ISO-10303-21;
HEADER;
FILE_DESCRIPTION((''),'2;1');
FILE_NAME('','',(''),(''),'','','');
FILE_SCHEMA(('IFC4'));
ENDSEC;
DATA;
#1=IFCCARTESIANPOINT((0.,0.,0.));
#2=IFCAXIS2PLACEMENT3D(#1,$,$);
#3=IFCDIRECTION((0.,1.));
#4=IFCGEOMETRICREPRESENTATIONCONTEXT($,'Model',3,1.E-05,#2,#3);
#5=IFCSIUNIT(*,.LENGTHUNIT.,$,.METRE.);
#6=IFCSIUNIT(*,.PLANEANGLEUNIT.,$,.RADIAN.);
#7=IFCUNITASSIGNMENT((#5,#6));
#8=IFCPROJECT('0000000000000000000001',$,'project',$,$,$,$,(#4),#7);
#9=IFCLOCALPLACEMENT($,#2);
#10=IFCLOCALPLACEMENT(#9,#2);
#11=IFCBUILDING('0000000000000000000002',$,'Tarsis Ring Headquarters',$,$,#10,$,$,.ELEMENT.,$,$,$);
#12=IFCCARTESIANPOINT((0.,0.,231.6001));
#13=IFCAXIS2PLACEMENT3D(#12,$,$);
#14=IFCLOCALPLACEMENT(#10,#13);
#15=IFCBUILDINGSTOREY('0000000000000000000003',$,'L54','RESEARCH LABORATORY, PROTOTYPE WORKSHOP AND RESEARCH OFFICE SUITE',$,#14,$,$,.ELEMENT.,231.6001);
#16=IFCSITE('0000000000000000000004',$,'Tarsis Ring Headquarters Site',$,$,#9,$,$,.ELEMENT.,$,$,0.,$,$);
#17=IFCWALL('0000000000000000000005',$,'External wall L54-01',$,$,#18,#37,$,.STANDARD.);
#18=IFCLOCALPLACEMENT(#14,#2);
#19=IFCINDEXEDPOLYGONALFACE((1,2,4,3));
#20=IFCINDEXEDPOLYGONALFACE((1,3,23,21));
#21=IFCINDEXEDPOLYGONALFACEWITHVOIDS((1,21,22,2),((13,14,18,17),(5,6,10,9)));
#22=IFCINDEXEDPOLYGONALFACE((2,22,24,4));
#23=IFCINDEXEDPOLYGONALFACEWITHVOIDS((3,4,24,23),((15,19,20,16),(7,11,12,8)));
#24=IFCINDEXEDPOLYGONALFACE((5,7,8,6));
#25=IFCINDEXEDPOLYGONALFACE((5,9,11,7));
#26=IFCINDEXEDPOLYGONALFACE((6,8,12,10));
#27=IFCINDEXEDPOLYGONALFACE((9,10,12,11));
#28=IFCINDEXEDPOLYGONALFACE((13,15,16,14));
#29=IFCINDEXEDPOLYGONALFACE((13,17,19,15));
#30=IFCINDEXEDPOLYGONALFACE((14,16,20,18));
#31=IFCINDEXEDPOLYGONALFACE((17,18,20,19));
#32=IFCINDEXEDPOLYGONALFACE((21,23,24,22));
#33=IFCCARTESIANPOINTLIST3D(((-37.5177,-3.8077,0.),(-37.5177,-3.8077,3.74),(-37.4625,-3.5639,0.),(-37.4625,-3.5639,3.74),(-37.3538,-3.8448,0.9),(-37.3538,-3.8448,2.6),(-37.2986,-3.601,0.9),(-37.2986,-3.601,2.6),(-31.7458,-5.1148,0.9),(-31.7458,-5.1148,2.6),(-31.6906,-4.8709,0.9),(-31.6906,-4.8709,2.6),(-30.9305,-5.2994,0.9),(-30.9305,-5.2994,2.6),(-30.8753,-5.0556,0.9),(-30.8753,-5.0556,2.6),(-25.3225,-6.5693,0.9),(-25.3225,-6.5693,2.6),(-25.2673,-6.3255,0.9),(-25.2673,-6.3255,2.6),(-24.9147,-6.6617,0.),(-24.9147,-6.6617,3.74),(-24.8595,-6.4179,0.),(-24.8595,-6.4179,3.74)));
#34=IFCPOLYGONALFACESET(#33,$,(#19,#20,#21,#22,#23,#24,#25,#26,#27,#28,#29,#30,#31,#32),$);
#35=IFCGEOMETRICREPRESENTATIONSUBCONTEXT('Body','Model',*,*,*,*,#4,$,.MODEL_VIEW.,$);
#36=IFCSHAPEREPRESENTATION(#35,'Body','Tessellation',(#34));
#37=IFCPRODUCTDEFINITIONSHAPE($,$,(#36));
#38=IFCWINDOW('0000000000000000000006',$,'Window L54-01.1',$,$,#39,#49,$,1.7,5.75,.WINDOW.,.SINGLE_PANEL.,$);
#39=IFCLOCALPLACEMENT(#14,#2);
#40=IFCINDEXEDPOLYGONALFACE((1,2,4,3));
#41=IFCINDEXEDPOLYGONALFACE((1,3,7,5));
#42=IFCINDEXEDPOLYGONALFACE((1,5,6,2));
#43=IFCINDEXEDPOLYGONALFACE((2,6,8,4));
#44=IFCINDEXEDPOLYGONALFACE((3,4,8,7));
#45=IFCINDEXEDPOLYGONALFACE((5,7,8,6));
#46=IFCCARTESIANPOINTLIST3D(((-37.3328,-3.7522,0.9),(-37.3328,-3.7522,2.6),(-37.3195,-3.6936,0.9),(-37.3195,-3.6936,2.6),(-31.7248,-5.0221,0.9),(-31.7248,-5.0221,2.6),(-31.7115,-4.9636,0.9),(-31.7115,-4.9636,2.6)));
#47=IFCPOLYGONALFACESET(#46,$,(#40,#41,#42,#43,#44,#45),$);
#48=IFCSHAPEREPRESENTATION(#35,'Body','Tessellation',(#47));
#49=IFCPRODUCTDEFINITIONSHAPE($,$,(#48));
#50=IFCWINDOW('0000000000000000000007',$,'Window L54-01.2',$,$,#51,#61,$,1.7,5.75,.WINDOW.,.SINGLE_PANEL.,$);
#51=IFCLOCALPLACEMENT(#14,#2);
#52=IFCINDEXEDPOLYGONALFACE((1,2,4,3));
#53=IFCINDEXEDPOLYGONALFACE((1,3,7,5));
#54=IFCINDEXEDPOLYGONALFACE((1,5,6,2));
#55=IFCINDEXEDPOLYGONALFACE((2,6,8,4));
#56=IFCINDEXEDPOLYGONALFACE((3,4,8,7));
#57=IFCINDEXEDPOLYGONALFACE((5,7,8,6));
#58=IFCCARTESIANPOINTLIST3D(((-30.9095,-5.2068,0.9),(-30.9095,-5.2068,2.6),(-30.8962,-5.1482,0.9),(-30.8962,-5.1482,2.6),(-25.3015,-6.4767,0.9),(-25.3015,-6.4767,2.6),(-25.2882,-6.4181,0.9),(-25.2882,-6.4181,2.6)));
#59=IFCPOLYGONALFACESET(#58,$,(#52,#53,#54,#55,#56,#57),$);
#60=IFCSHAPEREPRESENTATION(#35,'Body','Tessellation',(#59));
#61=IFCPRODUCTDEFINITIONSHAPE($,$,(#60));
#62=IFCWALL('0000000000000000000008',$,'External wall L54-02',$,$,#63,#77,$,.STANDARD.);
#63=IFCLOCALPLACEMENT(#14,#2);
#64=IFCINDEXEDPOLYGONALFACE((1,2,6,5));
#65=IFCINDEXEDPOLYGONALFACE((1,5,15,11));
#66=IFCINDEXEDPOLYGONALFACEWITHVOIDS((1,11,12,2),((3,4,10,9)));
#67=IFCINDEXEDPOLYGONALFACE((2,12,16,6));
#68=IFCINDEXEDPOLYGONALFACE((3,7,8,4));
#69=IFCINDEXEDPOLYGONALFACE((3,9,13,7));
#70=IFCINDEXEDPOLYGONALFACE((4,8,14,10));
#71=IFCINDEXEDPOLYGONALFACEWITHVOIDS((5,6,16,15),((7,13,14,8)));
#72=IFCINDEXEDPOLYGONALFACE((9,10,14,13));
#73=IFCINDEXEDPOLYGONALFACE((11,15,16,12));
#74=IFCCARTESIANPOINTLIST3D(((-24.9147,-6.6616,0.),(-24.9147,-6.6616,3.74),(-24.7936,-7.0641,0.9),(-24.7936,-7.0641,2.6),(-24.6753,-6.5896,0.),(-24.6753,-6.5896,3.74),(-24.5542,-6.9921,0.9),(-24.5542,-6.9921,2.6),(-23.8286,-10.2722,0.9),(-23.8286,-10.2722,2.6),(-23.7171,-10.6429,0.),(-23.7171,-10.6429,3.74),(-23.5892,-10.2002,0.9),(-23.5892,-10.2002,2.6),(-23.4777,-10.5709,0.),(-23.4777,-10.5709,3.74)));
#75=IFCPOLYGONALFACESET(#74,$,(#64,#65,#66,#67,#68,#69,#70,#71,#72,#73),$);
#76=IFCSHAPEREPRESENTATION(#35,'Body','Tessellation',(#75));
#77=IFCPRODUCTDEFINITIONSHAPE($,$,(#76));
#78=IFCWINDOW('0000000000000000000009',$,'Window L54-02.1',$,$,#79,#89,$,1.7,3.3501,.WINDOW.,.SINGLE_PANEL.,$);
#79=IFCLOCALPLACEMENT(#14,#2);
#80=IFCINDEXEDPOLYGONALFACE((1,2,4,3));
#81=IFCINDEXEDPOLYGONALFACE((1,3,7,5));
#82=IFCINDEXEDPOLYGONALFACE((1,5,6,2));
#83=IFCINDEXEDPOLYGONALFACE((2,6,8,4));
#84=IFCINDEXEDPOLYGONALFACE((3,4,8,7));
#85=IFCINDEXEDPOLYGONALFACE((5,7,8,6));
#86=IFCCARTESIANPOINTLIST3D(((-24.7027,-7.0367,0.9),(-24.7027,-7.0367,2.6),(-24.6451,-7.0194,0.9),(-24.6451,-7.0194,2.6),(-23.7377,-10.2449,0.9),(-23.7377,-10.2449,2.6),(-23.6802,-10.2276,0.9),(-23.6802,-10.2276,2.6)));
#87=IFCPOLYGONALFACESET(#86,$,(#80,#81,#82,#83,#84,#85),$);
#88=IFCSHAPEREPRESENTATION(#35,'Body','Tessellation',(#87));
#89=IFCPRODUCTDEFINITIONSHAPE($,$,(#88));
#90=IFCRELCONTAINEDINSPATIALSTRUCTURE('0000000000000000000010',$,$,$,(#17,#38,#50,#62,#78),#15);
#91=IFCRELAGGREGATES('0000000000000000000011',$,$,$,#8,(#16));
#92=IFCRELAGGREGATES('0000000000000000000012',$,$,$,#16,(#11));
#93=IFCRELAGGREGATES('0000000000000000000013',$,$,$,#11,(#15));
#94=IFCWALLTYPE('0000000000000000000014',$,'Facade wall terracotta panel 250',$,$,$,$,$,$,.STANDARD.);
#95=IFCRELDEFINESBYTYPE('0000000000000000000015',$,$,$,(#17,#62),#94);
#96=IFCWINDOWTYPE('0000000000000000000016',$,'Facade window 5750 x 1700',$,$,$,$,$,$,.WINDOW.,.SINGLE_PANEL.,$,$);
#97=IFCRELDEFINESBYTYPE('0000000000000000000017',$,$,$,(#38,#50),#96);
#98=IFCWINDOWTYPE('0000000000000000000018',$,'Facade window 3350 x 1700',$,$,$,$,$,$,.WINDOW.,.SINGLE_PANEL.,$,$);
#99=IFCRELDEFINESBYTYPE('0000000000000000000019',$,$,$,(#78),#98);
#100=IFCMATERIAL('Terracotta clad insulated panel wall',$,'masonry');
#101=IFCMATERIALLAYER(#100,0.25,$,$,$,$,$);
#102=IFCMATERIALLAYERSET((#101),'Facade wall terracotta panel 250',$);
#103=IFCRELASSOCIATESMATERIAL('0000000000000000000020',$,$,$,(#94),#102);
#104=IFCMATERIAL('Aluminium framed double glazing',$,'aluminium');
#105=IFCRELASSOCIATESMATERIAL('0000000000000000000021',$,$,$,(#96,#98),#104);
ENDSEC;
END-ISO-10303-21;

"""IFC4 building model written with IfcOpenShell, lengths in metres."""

from ifc_helpers import new_model, si_unit, direction, frame, frame_2d, origin, place, context, subcontext, project, spatial, rectangle, extrude, material, layer, layer_set, type_object, element, fill, save


model = new_model("IFC4")

# Units and contexts
model_context = context("Model", 3, precision=1e-05, world=origin(), true_north=direction((0.0, 1.0)))
body_context = subcontext(model_context, "Body", "Model", "MODEL_VIEW")
ifc_project = project(units=[si_unit("LENGTHUNIT", "METRE"), si_unit("PLANEANGLEUNIT", "RADIAN")], contexts=[model_context])

# Site, building, storey
site_placement = place(None, origin())
site = spatial("IfcSite", under=ifc_project, at=site_placement, Name="Tarsis Ring Headquarters Site", CompositionType="ELEMENT", RefElevation=0.0)
building_placement = place(site_placement, origin())
building = spatial("IfcBuilding", under=site, at=building_placement, Name="Tarsis Ring Headquarters", CompositionType="ELEMENT")
storey_placement = place(building_placement, frame((0.0, 0.0, 231.6001)))
storey = spatial("IfcBuildingStorey", under=building, at=storey_placement, Name="L54", Description="RESEARCH LABORATORY, PROTOTYPE WORKSHOP AND RESEARCH OFFICE SUITE", CompositionType="ELEMENT", Elevation=231.6001)

# Wall, openings, windows
ifc_material_1 = material(Name="Terracotta clad insulated panel wall", Category="masonry")
ifc_layer_1 = layer(ifc_material_1, 0.25)
ifc_layer_set_1 = layer_set([ifc_layer_1], Name="Facade wall terracotta panel 250")
wall_type_1 = type_object("IfcWallType", Name="Facade wall terracotta panel 250", PredefinedType="STANDARD", material=ifc_layer_set_1)
wall_1_placement = place(storey_placement, frame((-37.49, -3.6858, 0.0), z_axis=(0.0, 0.0, 1.0), x_axis=(0.975305, -0.220862, 0.0)))
wall_1 = element("IfcWall", 1, at=wall_1_placement, inside=storey, type_object=wall_type_1, Name="External wall L54-01", PredefinedType="STANDARD", context=body_context, shape_type="SweptSolid", body=[
    extrude(rectangle(XDim=12.9221, YDim=0.25, at=frame_2d((6.4609, 0.0))), origin(), (0.0, 0.0, 1.0), 3.74),
])
opening_1_placement = place(wall_1_placement, frame((0.168, 0.0, 0.8999)))
opening_1 = element("IfcOpeningElement", 2, at=opening_1_placement, cuts=wall_1, PredefinedType="OPENING", context=body_context, shape_type="SweptSolid", body=[
    extrude(rectangle(XDim=5.75, YDim=1.7, at=frame_2d((2.875, 0.8501))), frame((0.0, 0.135, 0.0), z_axis=(0.0, -1.0, 0.0), x_axis=(1.0, 0.0, 0.0)), (0.0, 0.0, 1.0), 0.27),
])
opening_2_placement = place(wall_1_placement, frame((6.7539, 0.0, 0.8999)))
opening_2 = element("IfcOpeningElement", 3, at=opening_2_placement, cuts=wall_1, PredefinedType="OPENING", context=body_context, shape_type="SweptSolid", body=[
    extrude(rectangle(XDim=5.75, YDim=1.7, at=frame_2d((2.875, 0.8501))), frame((0.0, 0.135, 0.0), z_axis=(0.0, -1.0, 0.0), x_axis=(1.0, 0.0, 0.0)), (0.0, 0.0, 1.0), 0.27),
])
ifc_material_2 = material(Name="Aluminium framed double glazing", Category="aluminium")
window_type_1 = type_object("IfcWindowType", Name="Facade window 5750 x 1700", PartitioningType="SINGLE_PANEL", PredefinedType="WINDOW", material=ifc_material_2)
window_1_placement = place(opening_1_placement, origin())
window_1 = element("IfcWindow", 4, at=window_1_placement, inside=storey, type_object=window_type_1, Name="Window L54-01.1", OverallHeight=1.7, OverallWidth=5.75, PartitioningType="SINGLE_PANEL", PredefinedType="WINDOW", context=body_context, shape_type="SweptSolid", body=[
    extrude(rectangle(XDim=5.75, YDim=1.7, at=frame_2d((2.875, 0.8501))), frame((0.0, 0.03, 0.0), z_axis=(0.0, -1.0, 0.0), x_axis=(1.0, 0.0, 0.0)), (0.0, 0.0, 1.0), 0.0601),
])
fill(opening_1, window_1)
window_2_placement = place(opening_2_placement, origin())
window_2 = element("IfcWindow", 5, at=window_2_placement, inside=storey, type_object=window_type_1, Name="Window L54-01.2", OverallHeight=1.7, OverallWidth=5.75, PartitioningType="SINGLE_PANEL", PredefinedType="WINDOW", context=body_context, shape_type="SweptSolid", body=[
    extrude(rectangle(XDim=5.75, YDim=1.7, at=frame_2d((2.875, 0.8501))), frame((0.0, 0.03, 0.0), z_axis=(0.0, -1.0, 0.0), x_axis=(1.0, 0.0, 0.0)), (0.0, 0.0, 1.0), 0.0601),
])
fill(opening_2, window_2)

# Wall, opening, window
wall_2_placement = place(storey_placement, frame((-24.7949, -6.6257, 0.0), z_axis=(0.0, 0.0, 1.0), x_axis=(0.288043, -0.957618, 0.0)))
wall_2 = element("IfcWall", 6, at=wall_2_placement, inside=storey, type_object=wall_type_1, Name="External wall L54-02", PredefinedType="STANDARD", context=body_context, shape_type="SweptSolid", body=[
    extrude(rectangle(XDim=4.1575, YDim=0.25, at=frame_2d((2.0786, 0.0))), origin(), (0.0, 0.0, 1.0), 3.74),
])
opening_3_placement = place(wall_2_placement, frame((0.4202, 0.0, 0.8999)))
opening_3 = element("IfcOpeningElement", 7, at=opening_3_placement, cuts=wall_2, PredefinedType="OPENING", context=body_context, shape_type="SweptSolid", body=[
    extrude(rectangle(XDim=3.3501, YDim=1.7, at=frame_2d((1.675, 0.8501))), frame((0.0, 0.135, 0.0), z_axis=(0.0, -1.0, 0.0), x_axis=(1.0, 0.0, 0.0)), (0.0, 0.0, 1.0), 0.27),
])
window_type_2 = type_object("IfcWindowType", Name="Facade window 3350 x 1700", PartitioningType="SINGLE_PANEL", PredefinedType="WINDOW", material=ifc_material_2)
window_3_placement = place(opening_3_placement, origin())
window_3 = element("IfcWindow", 8, at=window_3_placement, inside=storey, type_object=window_type_2, Name="Window L54-02.1", OverallHeight=1.7, OverallWidth=3.3501, PartitioningType="SINGLE_PANEL", PredefinedType="WINDOW", context=body_context, shape_type="SweptSolid", body=[
    extrude(rectangle(XDim=3.3501, YDim=1.7, at=frame_2d((1.675, 0.8501))), frame((0.0, 0.03, 0.0), z_axis=(0.0, -1.0, 0.0), x_axis=(1.0, 0.0, 0.0)), (0.0, 0.0, 1.0), 0.0601),
])
fill(opening_3, window_3)

save(model, "model.ifc")
